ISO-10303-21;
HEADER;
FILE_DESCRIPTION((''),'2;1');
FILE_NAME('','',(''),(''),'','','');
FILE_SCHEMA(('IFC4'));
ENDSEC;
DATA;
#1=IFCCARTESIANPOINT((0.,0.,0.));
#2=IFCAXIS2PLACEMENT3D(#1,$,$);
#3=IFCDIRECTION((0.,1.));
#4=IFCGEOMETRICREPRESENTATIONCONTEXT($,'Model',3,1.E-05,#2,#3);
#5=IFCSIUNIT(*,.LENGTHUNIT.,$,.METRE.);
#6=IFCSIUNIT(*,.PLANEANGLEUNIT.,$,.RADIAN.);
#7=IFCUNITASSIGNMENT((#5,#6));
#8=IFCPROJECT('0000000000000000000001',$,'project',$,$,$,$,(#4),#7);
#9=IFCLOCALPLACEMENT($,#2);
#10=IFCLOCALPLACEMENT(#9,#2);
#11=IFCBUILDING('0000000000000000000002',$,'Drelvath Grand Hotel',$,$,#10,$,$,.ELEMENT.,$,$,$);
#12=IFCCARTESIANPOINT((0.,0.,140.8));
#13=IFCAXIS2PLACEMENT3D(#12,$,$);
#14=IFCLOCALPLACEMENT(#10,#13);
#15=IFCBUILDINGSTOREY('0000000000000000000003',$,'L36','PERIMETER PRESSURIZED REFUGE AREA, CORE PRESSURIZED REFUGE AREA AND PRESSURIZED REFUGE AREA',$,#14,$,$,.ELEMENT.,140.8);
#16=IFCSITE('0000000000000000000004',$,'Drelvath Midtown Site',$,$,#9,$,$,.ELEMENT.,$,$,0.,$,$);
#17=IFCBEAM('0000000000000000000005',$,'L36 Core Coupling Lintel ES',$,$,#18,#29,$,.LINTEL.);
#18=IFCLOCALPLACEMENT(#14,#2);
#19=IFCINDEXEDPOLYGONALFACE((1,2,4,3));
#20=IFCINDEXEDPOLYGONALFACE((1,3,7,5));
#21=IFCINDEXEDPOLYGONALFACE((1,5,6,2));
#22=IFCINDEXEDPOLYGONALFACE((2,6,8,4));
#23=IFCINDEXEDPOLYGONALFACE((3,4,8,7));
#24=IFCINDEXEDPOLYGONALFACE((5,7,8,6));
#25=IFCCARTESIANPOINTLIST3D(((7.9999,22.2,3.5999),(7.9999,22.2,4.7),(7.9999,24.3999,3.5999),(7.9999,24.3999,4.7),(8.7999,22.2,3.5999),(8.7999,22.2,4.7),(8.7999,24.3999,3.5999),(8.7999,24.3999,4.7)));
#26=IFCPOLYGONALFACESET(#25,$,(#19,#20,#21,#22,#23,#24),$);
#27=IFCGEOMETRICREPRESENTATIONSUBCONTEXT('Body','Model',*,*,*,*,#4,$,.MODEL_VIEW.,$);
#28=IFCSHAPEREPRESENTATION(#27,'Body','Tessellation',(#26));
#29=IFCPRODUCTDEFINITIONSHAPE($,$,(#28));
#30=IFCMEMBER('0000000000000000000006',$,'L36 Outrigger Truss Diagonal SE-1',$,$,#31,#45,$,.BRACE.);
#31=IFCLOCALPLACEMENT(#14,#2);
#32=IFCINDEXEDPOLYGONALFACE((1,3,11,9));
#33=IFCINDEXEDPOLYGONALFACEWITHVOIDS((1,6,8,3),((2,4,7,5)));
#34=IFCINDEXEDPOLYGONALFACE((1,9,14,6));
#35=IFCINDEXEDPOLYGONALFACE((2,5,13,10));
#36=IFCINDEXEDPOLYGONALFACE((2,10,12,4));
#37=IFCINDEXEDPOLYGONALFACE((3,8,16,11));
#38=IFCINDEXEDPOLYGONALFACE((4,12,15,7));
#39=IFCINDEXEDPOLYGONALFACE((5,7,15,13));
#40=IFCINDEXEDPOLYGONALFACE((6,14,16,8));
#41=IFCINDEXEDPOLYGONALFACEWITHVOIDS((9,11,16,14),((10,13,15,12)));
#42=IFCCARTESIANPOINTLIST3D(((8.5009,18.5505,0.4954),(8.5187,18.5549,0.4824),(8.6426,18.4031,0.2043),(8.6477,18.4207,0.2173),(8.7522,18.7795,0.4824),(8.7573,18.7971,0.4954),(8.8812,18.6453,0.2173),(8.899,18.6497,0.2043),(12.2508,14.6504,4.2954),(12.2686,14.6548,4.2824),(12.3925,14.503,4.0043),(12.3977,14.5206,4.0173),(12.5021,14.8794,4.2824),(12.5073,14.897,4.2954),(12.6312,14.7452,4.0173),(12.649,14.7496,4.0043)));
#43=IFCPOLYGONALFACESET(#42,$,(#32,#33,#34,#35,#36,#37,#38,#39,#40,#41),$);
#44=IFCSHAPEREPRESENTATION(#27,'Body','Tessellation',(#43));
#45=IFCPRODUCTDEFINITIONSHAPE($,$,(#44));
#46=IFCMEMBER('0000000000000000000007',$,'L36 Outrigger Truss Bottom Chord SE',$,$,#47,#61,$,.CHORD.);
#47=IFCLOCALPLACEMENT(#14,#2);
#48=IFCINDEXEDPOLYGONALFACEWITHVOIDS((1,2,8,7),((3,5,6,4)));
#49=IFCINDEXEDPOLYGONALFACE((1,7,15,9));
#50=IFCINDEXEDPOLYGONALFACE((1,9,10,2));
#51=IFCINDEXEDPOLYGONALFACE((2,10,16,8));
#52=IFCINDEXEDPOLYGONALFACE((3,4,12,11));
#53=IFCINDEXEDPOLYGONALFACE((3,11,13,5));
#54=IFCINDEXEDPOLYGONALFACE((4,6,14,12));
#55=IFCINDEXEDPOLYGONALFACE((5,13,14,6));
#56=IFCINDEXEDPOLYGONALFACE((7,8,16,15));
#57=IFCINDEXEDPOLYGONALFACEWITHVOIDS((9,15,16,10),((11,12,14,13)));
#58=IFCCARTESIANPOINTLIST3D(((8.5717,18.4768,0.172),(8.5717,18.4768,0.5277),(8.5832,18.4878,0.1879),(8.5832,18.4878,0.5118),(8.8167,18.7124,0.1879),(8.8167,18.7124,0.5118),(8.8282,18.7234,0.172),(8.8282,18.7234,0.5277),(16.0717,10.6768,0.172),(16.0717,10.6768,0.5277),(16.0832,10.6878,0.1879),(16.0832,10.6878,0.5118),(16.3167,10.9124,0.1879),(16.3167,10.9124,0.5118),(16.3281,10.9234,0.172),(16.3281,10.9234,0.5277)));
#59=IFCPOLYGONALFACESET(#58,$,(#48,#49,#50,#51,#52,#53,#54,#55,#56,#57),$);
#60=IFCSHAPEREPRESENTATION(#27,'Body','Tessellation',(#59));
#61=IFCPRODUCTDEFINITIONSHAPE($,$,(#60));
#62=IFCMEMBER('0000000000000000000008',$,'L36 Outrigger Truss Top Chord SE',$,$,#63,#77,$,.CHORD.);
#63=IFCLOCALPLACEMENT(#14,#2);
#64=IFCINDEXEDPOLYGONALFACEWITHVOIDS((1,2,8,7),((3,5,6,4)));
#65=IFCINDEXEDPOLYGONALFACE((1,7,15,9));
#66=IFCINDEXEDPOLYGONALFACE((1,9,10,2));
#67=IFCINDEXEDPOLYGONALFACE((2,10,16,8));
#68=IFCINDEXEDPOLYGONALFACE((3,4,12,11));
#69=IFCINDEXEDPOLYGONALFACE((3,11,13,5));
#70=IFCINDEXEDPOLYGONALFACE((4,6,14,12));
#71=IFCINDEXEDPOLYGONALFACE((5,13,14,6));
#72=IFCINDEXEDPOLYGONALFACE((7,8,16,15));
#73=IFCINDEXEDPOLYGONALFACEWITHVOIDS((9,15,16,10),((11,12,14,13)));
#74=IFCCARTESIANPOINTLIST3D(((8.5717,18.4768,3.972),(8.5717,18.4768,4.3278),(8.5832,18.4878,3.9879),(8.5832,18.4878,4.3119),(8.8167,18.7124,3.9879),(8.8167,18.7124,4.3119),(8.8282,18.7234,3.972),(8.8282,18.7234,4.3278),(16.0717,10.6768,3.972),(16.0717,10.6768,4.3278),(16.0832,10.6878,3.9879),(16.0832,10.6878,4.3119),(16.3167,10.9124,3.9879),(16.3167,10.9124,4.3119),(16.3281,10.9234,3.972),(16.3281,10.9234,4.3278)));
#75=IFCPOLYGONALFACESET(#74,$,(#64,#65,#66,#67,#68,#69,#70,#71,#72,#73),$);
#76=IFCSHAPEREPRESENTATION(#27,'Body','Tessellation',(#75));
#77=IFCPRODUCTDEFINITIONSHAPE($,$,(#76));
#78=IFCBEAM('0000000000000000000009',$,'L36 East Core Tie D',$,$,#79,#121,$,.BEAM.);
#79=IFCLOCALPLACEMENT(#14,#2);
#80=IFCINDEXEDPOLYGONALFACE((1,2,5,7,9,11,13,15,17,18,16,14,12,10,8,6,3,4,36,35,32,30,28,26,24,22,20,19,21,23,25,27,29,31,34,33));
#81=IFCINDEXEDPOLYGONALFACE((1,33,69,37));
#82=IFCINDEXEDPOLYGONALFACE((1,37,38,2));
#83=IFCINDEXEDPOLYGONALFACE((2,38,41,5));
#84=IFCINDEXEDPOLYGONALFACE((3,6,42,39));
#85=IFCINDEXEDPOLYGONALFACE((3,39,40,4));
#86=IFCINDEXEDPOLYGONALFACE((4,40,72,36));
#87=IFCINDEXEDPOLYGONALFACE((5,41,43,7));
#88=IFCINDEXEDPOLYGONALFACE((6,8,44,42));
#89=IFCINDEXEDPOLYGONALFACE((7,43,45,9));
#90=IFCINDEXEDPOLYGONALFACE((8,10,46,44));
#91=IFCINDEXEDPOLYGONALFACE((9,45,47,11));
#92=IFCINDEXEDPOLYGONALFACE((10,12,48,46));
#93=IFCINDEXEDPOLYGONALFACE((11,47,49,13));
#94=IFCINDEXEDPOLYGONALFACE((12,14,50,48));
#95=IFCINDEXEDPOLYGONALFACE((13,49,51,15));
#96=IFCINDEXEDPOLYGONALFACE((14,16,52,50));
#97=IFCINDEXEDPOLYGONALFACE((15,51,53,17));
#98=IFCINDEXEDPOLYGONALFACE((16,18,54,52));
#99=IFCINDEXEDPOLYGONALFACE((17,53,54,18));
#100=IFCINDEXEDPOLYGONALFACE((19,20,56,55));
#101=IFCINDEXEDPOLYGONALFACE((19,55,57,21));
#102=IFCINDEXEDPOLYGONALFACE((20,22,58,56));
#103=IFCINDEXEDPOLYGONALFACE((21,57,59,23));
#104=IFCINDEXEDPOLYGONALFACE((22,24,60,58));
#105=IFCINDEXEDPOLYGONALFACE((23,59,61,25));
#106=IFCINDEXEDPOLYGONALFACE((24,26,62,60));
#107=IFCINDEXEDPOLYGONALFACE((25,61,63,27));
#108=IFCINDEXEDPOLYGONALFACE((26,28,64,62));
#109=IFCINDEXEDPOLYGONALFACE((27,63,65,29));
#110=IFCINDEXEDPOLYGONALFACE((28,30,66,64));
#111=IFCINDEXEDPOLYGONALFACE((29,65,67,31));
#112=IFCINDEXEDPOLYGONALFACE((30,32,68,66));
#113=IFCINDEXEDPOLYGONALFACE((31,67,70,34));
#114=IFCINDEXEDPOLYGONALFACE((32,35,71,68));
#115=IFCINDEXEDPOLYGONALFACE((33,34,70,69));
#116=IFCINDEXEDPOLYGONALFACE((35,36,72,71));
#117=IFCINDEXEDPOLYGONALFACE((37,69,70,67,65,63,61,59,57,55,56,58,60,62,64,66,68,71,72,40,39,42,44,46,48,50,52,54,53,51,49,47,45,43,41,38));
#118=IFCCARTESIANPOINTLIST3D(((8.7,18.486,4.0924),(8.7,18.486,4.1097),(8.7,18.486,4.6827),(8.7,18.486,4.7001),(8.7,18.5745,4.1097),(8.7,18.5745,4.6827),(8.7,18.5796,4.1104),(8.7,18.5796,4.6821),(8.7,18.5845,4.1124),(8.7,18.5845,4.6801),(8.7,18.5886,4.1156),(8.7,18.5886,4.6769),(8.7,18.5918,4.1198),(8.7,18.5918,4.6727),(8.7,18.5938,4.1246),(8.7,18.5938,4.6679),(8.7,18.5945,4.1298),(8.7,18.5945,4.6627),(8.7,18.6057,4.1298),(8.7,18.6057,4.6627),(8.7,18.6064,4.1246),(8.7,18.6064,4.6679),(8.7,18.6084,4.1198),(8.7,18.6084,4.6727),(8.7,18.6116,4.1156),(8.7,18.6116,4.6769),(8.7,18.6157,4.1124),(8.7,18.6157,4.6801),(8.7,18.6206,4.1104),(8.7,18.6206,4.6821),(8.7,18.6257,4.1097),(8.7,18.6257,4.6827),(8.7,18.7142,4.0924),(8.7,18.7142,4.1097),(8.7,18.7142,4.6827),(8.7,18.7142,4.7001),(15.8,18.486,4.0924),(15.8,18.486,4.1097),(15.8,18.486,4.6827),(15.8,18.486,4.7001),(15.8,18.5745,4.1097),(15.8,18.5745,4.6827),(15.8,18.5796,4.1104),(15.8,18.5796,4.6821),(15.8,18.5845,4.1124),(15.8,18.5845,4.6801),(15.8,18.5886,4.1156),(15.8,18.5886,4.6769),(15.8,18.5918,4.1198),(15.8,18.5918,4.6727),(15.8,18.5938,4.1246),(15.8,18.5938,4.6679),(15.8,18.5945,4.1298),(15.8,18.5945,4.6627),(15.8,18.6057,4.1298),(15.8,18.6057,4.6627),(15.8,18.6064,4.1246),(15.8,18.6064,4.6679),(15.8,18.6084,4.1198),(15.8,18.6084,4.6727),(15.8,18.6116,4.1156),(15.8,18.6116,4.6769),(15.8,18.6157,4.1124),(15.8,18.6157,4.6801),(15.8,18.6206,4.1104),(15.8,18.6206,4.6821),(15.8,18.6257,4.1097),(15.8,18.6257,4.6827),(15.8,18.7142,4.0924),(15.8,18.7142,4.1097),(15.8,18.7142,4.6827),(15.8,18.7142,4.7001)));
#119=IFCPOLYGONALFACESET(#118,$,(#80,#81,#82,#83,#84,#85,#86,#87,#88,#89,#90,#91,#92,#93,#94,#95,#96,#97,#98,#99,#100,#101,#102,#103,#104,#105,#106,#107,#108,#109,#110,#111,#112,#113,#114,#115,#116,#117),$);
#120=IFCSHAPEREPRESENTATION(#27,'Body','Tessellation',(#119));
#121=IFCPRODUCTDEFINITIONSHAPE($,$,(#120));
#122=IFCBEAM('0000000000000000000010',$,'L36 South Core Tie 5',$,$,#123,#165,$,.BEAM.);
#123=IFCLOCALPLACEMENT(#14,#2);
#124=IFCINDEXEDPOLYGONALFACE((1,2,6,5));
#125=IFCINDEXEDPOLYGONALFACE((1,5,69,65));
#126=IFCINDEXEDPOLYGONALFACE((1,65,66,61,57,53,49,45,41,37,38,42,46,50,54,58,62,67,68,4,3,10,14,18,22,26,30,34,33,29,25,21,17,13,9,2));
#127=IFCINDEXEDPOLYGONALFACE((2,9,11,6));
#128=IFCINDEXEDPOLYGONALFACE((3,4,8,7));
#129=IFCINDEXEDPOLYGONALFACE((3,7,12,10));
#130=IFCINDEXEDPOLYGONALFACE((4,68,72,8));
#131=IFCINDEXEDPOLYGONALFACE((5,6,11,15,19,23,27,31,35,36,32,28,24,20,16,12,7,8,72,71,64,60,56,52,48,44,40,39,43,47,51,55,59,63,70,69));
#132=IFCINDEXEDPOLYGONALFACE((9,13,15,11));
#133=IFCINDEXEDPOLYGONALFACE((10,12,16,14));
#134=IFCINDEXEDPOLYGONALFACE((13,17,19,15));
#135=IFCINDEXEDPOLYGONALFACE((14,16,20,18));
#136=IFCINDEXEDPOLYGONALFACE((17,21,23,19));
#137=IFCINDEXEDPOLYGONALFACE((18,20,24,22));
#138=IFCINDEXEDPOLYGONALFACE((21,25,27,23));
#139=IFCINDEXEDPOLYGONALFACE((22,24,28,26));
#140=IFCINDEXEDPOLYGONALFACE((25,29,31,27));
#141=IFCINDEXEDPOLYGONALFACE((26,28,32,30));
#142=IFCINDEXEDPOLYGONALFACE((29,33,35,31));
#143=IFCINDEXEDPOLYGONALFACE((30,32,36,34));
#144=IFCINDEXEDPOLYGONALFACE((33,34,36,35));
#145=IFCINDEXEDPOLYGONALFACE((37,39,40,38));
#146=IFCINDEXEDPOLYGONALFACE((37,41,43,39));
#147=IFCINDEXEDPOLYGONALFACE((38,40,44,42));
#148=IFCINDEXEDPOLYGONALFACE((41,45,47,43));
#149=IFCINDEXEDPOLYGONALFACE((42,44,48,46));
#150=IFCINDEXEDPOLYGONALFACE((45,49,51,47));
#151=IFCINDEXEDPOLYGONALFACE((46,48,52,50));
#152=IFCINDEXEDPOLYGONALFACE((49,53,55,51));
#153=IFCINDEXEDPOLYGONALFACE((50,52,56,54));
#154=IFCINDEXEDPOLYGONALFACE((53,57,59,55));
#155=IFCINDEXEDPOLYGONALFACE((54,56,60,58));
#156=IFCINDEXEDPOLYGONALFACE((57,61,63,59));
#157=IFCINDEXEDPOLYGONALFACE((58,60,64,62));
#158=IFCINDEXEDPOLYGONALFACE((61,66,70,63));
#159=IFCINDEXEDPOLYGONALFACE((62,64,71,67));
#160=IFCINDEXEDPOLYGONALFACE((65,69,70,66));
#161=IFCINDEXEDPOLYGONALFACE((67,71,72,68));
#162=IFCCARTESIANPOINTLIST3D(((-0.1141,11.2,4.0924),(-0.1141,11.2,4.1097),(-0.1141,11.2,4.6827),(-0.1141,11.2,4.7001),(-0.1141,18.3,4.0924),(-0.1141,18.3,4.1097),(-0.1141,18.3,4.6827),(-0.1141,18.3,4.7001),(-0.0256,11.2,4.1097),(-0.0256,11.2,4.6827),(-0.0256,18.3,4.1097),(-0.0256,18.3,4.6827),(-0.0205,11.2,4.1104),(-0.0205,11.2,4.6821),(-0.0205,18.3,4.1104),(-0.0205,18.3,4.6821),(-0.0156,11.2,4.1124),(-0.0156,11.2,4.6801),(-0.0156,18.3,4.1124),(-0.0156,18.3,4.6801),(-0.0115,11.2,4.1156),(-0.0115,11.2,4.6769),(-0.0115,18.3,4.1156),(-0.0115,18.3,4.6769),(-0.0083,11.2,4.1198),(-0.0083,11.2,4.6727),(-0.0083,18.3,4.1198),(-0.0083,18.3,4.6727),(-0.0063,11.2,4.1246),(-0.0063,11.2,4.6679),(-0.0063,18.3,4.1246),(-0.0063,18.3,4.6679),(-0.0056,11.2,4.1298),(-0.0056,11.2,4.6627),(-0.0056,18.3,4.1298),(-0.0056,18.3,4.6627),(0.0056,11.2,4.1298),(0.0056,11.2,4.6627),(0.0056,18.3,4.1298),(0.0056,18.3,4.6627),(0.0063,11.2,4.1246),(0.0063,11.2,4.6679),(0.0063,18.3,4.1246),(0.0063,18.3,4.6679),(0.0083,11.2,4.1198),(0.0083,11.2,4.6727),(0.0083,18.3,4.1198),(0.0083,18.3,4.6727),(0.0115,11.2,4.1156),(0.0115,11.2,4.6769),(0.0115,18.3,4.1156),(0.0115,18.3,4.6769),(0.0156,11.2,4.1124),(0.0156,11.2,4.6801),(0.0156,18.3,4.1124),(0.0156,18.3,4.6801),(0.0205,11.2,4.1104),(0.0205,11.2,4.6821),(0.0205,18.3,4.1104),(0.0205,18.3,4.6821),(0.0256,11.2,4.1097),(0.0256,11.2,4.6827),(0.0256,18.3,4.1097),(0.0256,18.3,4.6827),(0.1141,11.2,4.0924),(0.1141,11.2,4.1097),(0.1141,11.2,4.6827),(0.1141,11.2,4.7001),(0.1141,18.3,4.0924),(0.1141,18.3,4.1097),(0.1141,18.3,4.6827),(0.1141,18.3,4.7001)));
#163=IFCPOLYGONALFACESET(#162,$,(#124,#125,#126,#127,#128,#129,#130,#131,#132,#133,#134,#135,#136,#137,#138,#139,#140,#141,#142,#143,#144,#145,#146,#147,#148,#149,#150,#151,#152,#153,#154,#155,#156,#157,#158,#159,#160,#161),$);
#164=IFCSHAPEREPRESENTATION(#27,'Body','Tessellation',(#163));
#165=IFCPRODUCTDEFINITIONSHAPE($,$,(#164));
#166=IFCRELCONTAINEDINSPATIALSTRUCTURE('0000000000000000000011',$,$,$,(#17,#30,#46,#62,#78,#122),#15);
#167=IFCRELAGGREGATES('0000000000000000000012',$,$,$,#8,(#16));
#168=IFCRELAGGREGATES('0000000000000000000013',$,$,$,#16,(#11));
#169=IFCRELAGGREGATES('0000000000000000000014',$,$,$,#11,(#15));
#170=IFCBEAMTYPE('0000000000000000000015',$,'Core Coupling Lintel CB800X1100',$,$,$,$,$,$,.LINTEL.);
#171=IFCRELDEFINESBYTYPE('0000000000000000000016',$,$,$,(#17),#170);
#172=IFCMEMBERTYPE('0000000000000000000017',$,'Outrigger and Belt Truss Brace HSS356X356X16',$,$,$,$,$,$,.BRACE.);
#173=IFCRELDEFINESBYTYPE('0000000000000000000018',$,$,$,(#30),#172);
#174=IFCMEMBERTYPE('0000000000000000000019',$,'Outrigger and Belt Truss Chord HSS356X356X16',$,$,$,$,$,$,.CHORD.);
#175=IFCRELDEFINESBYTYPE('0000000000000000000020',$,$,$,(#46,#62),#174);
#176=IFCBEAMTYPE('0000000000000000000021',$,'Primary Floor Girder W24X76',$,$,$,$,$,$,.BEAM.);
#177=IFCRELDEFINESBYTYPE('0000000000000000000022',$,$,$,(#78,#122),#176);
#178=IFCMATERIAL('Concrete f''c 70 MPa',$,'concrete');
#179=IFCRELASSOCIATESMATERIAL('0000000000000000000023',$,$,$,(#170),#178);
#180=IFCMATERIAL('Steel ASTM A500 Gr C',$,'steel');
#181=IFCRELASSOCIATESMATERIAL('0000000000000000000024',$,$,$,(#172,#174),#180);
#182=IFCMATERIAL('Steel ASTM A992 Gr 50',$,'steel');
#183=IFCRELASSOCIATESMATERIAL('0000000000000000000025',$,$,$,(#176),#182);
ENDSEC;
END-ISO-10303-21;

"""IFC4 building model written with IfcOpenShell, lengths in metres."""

from ifc_helpers import new_model, si_unit, direction, frame, origin, origin_2d, place, context, subcontext, project, spatial, rectangle, hollow_rectangle, i_section, extrude, material, material_profile, profile_set, type_object, element, save


model = new_model("IFC4")

# Units and contexts
model_context = context("Model", 3, precision=1e-05, world=origin(), true_north=direction((0.0, 1.0)))
body_context = subcontext(model_context, "Body", "Model", "MODEL_VIEW")
ifc_project = project(units=[si_unit("LENGTHUNIT", "METRE"), si_unit("PLANEANGLEUNIT", "RADIAN")], contexts=[model_context])

# Site, building, storey
site_placement = place(None, origin())
site = spatial("IfcSite", under=ifc_project, at=site_placement, Name="Drelvath Midtown Site", CompositionType="ELEMENT", RefElevation=0.0)
building_placement = place(site_placement, origin())
building = spatial("IfcBuilding", under=site, at=building_placement, Name="Drelvath Grand Hotel", CompositionType="ELEMENT")
storey_placement = place(building_placement, frame((0.0, 0.0, 140.8)))
storey = spatial("IfcBuildingStorey", under=building, at=storey_placement, Name="L36", Description="PERIMETER PRESSURIZED REFUGE AREA, CORE PRESSURIZED REFUGE AREA AND PRESSURIZED REFUGE AREA", CompositionType="ELEMENT", Elevation=140.8)

# Beam
ifc_material_1 = material(Name="Concrete f'c 70 MPa", Category="concrete")
ifc_material_profile_1 = material_profile(ifc_material_1, rectangle(XDim=0.8, YDim=1.1001, at=origin_2d()), Name="CB800X1100")
ifc_profile_set_1 = profile_set([ifc_material_profile_1], Name="Concrete f'c 70 MPa")
beam_type_1 = type_object("IfcBeamType", Name="Core Coupling Lintel CB800X1100", PredefinedType="LINTEL", material=ifc_profile_set_1)
beam_placement = place(storey_placement, frame((8.3999, 22.2, 4.1499), z_axis=(0.0, 1.0, 0.0), x_axis=(-1.0, 0.0, 0.0)))
element("IfcBeam", 1, at=beam_placement, inside=storey, type_object=beam_type_1, Name="L36 Core Coupling Lintel ES", PredefinedType="LINTEL", context=body_context, shape_type="SweptSolid", body=[
    extrude(rectangle(XDim=0.8, YDim=1.1001, at=origin_2d()), origin(), (0.0, 0.0, 1.0), 2.2),
])

# Members
ifc_material_2 = material(Name="Steel ASTM A500 Gr C", Category="steel")
ifc_material_profile_2 = material_profile(ifc_material_2, hollow_rectangle(XDim=0.3557, YDim=0.3557, WallThickness=0.0159, at=origin_2d()), Name="HSS356X356X16")
ifc_profile_set_2 = profile_set([ifc_material_profile_2], Name="Steel ASTM A500 Gr C")
member_type_1 = type_object("IfcMemberType", Name="Outrigger and Belt Truss Brace HSS356X356X16", PredefinedType="BRACE", material=ifc_profile_set_2)
member_placement = place(storey_placement, frame((8.7, 18.6001, 0.3499), z_axis=(0.56718, -0.589889, 0.57475), x_axis=(0.720846, 0.693095, 0.0)))
element("IfcMember", 2, at=member_placement, inside=storey, type_object=member_type_1, Name="L36 Outrigger Truss Diagonal SE-1", PredefinedType="BRACE", context=body_context, shape_type="SweptSolid", body=[
    extrude(hollow_rectangle(XDim=0.3557, YDim=0.3557, WallThickness=0.0159, at=origin_2d()), origin(), (0.0, 0.0, 1.0), 6.6116),
])
ifc_material_profile_3 = material_profile(ifc_material_2, hollow_rectangle(XDim=0.3557, YDim=0.3557, WallThickness=0.0159, at=origin_2d()), Name="HSS356X356X16")
ifc_profile_set_3 = profile_set([ifc_material_profile_3], Name="Steel ASTM A500 Gr C")
member_type_2 = type_object("IfcMemberType", Name="Outrigger and Belt Truss Chord HSS356X356X16", PredefinedType="CHORD", material=ifc_profile_set_3)
for number, where, z_axis, x_axis, name in (
    (3, (8.7, 18.6001, 0.3499), (0.693106, -0.720835, 0.0), (0.720835, 0.693106, 0.0), "L36 Outrigger Truss Bottom Chord SE"),
    (4, (8.7, 18.6001, 4.1499), (0.693106, -0.720835, 0.0), (0.720835, 0.693106, 0.0), "L36 Outrigger Truss Top Chord SE"),
):
    element("IfcMember", number, at=place(storey_placement, frame(where, z_axis=z_axis, x_axis=x_axis)), inside=storey, type_object=member_type_2, Name=name, PredefinedType="CHORD", context=body_context, shape_type="SweptSolid", body=[
        extrude(hollow_rectangle(XDim=0.3557, YDim=0.3557, WallThickness=0.0159, at=origin_2d()), origin(), (0.0, 0.0, 1.0), 10.8208),
    ])

# Beams
ifc_material_3 = material(Name="Steel ASTM A992 Gr 50", Category="steel")
ifc_material_profile_4 = material_profile(ifc_material_3, i_section(OverallWidth=0.2283, OverallDepth=0.6077, WebThickness=0.0112, FlangeThickness=0.0173, FilletRadius=0.02, at=origin_2d()), Name="W24X76")
ifc_profile_set_4 = profile_set([ifc_material_profile_4], Name="Steel ASTM A992 Gr 50")
beam_type_2 = type_object("IfcBeamType", Name="Primary Floor Girder W24X76", PredefinedType="BEAM", material=ifc_profile_set_4)
for number, where, z_axis, x_axis, name in (
    (5, (8.7, 18.6001, 4.3962), (1.0, 0.0, 0.0), (0.0, 1.0, 0.0), "L36 East Core Tie D"),
    (6, (0.0, 11.2, 4.3962), (0.0, 1.0, 0.0), (-1.0, 0.0, 0.0), "L36 South Core Tie 5"),
):
    element("IfcBeam", number, at=place(storey_placement, frame(where, z_axis=z_axis, x_axis=x_axis)), inside=storey, type_object=beam_type_2, Name=name, PredefinedType="BEAM", context=body_context, shape_type="SweptSolid", body=[
        extrude(i_section(OverallWidth=0.2283, OverallDepth=0.6077, WebThickness=0.0112, FlangeThickness=0.0173, FilletRadius=0.02, at=origin_2d()), origin(), (0.0, 0.0, 1.0), 7.1001),
    ])

save(model, "model.ifc")
